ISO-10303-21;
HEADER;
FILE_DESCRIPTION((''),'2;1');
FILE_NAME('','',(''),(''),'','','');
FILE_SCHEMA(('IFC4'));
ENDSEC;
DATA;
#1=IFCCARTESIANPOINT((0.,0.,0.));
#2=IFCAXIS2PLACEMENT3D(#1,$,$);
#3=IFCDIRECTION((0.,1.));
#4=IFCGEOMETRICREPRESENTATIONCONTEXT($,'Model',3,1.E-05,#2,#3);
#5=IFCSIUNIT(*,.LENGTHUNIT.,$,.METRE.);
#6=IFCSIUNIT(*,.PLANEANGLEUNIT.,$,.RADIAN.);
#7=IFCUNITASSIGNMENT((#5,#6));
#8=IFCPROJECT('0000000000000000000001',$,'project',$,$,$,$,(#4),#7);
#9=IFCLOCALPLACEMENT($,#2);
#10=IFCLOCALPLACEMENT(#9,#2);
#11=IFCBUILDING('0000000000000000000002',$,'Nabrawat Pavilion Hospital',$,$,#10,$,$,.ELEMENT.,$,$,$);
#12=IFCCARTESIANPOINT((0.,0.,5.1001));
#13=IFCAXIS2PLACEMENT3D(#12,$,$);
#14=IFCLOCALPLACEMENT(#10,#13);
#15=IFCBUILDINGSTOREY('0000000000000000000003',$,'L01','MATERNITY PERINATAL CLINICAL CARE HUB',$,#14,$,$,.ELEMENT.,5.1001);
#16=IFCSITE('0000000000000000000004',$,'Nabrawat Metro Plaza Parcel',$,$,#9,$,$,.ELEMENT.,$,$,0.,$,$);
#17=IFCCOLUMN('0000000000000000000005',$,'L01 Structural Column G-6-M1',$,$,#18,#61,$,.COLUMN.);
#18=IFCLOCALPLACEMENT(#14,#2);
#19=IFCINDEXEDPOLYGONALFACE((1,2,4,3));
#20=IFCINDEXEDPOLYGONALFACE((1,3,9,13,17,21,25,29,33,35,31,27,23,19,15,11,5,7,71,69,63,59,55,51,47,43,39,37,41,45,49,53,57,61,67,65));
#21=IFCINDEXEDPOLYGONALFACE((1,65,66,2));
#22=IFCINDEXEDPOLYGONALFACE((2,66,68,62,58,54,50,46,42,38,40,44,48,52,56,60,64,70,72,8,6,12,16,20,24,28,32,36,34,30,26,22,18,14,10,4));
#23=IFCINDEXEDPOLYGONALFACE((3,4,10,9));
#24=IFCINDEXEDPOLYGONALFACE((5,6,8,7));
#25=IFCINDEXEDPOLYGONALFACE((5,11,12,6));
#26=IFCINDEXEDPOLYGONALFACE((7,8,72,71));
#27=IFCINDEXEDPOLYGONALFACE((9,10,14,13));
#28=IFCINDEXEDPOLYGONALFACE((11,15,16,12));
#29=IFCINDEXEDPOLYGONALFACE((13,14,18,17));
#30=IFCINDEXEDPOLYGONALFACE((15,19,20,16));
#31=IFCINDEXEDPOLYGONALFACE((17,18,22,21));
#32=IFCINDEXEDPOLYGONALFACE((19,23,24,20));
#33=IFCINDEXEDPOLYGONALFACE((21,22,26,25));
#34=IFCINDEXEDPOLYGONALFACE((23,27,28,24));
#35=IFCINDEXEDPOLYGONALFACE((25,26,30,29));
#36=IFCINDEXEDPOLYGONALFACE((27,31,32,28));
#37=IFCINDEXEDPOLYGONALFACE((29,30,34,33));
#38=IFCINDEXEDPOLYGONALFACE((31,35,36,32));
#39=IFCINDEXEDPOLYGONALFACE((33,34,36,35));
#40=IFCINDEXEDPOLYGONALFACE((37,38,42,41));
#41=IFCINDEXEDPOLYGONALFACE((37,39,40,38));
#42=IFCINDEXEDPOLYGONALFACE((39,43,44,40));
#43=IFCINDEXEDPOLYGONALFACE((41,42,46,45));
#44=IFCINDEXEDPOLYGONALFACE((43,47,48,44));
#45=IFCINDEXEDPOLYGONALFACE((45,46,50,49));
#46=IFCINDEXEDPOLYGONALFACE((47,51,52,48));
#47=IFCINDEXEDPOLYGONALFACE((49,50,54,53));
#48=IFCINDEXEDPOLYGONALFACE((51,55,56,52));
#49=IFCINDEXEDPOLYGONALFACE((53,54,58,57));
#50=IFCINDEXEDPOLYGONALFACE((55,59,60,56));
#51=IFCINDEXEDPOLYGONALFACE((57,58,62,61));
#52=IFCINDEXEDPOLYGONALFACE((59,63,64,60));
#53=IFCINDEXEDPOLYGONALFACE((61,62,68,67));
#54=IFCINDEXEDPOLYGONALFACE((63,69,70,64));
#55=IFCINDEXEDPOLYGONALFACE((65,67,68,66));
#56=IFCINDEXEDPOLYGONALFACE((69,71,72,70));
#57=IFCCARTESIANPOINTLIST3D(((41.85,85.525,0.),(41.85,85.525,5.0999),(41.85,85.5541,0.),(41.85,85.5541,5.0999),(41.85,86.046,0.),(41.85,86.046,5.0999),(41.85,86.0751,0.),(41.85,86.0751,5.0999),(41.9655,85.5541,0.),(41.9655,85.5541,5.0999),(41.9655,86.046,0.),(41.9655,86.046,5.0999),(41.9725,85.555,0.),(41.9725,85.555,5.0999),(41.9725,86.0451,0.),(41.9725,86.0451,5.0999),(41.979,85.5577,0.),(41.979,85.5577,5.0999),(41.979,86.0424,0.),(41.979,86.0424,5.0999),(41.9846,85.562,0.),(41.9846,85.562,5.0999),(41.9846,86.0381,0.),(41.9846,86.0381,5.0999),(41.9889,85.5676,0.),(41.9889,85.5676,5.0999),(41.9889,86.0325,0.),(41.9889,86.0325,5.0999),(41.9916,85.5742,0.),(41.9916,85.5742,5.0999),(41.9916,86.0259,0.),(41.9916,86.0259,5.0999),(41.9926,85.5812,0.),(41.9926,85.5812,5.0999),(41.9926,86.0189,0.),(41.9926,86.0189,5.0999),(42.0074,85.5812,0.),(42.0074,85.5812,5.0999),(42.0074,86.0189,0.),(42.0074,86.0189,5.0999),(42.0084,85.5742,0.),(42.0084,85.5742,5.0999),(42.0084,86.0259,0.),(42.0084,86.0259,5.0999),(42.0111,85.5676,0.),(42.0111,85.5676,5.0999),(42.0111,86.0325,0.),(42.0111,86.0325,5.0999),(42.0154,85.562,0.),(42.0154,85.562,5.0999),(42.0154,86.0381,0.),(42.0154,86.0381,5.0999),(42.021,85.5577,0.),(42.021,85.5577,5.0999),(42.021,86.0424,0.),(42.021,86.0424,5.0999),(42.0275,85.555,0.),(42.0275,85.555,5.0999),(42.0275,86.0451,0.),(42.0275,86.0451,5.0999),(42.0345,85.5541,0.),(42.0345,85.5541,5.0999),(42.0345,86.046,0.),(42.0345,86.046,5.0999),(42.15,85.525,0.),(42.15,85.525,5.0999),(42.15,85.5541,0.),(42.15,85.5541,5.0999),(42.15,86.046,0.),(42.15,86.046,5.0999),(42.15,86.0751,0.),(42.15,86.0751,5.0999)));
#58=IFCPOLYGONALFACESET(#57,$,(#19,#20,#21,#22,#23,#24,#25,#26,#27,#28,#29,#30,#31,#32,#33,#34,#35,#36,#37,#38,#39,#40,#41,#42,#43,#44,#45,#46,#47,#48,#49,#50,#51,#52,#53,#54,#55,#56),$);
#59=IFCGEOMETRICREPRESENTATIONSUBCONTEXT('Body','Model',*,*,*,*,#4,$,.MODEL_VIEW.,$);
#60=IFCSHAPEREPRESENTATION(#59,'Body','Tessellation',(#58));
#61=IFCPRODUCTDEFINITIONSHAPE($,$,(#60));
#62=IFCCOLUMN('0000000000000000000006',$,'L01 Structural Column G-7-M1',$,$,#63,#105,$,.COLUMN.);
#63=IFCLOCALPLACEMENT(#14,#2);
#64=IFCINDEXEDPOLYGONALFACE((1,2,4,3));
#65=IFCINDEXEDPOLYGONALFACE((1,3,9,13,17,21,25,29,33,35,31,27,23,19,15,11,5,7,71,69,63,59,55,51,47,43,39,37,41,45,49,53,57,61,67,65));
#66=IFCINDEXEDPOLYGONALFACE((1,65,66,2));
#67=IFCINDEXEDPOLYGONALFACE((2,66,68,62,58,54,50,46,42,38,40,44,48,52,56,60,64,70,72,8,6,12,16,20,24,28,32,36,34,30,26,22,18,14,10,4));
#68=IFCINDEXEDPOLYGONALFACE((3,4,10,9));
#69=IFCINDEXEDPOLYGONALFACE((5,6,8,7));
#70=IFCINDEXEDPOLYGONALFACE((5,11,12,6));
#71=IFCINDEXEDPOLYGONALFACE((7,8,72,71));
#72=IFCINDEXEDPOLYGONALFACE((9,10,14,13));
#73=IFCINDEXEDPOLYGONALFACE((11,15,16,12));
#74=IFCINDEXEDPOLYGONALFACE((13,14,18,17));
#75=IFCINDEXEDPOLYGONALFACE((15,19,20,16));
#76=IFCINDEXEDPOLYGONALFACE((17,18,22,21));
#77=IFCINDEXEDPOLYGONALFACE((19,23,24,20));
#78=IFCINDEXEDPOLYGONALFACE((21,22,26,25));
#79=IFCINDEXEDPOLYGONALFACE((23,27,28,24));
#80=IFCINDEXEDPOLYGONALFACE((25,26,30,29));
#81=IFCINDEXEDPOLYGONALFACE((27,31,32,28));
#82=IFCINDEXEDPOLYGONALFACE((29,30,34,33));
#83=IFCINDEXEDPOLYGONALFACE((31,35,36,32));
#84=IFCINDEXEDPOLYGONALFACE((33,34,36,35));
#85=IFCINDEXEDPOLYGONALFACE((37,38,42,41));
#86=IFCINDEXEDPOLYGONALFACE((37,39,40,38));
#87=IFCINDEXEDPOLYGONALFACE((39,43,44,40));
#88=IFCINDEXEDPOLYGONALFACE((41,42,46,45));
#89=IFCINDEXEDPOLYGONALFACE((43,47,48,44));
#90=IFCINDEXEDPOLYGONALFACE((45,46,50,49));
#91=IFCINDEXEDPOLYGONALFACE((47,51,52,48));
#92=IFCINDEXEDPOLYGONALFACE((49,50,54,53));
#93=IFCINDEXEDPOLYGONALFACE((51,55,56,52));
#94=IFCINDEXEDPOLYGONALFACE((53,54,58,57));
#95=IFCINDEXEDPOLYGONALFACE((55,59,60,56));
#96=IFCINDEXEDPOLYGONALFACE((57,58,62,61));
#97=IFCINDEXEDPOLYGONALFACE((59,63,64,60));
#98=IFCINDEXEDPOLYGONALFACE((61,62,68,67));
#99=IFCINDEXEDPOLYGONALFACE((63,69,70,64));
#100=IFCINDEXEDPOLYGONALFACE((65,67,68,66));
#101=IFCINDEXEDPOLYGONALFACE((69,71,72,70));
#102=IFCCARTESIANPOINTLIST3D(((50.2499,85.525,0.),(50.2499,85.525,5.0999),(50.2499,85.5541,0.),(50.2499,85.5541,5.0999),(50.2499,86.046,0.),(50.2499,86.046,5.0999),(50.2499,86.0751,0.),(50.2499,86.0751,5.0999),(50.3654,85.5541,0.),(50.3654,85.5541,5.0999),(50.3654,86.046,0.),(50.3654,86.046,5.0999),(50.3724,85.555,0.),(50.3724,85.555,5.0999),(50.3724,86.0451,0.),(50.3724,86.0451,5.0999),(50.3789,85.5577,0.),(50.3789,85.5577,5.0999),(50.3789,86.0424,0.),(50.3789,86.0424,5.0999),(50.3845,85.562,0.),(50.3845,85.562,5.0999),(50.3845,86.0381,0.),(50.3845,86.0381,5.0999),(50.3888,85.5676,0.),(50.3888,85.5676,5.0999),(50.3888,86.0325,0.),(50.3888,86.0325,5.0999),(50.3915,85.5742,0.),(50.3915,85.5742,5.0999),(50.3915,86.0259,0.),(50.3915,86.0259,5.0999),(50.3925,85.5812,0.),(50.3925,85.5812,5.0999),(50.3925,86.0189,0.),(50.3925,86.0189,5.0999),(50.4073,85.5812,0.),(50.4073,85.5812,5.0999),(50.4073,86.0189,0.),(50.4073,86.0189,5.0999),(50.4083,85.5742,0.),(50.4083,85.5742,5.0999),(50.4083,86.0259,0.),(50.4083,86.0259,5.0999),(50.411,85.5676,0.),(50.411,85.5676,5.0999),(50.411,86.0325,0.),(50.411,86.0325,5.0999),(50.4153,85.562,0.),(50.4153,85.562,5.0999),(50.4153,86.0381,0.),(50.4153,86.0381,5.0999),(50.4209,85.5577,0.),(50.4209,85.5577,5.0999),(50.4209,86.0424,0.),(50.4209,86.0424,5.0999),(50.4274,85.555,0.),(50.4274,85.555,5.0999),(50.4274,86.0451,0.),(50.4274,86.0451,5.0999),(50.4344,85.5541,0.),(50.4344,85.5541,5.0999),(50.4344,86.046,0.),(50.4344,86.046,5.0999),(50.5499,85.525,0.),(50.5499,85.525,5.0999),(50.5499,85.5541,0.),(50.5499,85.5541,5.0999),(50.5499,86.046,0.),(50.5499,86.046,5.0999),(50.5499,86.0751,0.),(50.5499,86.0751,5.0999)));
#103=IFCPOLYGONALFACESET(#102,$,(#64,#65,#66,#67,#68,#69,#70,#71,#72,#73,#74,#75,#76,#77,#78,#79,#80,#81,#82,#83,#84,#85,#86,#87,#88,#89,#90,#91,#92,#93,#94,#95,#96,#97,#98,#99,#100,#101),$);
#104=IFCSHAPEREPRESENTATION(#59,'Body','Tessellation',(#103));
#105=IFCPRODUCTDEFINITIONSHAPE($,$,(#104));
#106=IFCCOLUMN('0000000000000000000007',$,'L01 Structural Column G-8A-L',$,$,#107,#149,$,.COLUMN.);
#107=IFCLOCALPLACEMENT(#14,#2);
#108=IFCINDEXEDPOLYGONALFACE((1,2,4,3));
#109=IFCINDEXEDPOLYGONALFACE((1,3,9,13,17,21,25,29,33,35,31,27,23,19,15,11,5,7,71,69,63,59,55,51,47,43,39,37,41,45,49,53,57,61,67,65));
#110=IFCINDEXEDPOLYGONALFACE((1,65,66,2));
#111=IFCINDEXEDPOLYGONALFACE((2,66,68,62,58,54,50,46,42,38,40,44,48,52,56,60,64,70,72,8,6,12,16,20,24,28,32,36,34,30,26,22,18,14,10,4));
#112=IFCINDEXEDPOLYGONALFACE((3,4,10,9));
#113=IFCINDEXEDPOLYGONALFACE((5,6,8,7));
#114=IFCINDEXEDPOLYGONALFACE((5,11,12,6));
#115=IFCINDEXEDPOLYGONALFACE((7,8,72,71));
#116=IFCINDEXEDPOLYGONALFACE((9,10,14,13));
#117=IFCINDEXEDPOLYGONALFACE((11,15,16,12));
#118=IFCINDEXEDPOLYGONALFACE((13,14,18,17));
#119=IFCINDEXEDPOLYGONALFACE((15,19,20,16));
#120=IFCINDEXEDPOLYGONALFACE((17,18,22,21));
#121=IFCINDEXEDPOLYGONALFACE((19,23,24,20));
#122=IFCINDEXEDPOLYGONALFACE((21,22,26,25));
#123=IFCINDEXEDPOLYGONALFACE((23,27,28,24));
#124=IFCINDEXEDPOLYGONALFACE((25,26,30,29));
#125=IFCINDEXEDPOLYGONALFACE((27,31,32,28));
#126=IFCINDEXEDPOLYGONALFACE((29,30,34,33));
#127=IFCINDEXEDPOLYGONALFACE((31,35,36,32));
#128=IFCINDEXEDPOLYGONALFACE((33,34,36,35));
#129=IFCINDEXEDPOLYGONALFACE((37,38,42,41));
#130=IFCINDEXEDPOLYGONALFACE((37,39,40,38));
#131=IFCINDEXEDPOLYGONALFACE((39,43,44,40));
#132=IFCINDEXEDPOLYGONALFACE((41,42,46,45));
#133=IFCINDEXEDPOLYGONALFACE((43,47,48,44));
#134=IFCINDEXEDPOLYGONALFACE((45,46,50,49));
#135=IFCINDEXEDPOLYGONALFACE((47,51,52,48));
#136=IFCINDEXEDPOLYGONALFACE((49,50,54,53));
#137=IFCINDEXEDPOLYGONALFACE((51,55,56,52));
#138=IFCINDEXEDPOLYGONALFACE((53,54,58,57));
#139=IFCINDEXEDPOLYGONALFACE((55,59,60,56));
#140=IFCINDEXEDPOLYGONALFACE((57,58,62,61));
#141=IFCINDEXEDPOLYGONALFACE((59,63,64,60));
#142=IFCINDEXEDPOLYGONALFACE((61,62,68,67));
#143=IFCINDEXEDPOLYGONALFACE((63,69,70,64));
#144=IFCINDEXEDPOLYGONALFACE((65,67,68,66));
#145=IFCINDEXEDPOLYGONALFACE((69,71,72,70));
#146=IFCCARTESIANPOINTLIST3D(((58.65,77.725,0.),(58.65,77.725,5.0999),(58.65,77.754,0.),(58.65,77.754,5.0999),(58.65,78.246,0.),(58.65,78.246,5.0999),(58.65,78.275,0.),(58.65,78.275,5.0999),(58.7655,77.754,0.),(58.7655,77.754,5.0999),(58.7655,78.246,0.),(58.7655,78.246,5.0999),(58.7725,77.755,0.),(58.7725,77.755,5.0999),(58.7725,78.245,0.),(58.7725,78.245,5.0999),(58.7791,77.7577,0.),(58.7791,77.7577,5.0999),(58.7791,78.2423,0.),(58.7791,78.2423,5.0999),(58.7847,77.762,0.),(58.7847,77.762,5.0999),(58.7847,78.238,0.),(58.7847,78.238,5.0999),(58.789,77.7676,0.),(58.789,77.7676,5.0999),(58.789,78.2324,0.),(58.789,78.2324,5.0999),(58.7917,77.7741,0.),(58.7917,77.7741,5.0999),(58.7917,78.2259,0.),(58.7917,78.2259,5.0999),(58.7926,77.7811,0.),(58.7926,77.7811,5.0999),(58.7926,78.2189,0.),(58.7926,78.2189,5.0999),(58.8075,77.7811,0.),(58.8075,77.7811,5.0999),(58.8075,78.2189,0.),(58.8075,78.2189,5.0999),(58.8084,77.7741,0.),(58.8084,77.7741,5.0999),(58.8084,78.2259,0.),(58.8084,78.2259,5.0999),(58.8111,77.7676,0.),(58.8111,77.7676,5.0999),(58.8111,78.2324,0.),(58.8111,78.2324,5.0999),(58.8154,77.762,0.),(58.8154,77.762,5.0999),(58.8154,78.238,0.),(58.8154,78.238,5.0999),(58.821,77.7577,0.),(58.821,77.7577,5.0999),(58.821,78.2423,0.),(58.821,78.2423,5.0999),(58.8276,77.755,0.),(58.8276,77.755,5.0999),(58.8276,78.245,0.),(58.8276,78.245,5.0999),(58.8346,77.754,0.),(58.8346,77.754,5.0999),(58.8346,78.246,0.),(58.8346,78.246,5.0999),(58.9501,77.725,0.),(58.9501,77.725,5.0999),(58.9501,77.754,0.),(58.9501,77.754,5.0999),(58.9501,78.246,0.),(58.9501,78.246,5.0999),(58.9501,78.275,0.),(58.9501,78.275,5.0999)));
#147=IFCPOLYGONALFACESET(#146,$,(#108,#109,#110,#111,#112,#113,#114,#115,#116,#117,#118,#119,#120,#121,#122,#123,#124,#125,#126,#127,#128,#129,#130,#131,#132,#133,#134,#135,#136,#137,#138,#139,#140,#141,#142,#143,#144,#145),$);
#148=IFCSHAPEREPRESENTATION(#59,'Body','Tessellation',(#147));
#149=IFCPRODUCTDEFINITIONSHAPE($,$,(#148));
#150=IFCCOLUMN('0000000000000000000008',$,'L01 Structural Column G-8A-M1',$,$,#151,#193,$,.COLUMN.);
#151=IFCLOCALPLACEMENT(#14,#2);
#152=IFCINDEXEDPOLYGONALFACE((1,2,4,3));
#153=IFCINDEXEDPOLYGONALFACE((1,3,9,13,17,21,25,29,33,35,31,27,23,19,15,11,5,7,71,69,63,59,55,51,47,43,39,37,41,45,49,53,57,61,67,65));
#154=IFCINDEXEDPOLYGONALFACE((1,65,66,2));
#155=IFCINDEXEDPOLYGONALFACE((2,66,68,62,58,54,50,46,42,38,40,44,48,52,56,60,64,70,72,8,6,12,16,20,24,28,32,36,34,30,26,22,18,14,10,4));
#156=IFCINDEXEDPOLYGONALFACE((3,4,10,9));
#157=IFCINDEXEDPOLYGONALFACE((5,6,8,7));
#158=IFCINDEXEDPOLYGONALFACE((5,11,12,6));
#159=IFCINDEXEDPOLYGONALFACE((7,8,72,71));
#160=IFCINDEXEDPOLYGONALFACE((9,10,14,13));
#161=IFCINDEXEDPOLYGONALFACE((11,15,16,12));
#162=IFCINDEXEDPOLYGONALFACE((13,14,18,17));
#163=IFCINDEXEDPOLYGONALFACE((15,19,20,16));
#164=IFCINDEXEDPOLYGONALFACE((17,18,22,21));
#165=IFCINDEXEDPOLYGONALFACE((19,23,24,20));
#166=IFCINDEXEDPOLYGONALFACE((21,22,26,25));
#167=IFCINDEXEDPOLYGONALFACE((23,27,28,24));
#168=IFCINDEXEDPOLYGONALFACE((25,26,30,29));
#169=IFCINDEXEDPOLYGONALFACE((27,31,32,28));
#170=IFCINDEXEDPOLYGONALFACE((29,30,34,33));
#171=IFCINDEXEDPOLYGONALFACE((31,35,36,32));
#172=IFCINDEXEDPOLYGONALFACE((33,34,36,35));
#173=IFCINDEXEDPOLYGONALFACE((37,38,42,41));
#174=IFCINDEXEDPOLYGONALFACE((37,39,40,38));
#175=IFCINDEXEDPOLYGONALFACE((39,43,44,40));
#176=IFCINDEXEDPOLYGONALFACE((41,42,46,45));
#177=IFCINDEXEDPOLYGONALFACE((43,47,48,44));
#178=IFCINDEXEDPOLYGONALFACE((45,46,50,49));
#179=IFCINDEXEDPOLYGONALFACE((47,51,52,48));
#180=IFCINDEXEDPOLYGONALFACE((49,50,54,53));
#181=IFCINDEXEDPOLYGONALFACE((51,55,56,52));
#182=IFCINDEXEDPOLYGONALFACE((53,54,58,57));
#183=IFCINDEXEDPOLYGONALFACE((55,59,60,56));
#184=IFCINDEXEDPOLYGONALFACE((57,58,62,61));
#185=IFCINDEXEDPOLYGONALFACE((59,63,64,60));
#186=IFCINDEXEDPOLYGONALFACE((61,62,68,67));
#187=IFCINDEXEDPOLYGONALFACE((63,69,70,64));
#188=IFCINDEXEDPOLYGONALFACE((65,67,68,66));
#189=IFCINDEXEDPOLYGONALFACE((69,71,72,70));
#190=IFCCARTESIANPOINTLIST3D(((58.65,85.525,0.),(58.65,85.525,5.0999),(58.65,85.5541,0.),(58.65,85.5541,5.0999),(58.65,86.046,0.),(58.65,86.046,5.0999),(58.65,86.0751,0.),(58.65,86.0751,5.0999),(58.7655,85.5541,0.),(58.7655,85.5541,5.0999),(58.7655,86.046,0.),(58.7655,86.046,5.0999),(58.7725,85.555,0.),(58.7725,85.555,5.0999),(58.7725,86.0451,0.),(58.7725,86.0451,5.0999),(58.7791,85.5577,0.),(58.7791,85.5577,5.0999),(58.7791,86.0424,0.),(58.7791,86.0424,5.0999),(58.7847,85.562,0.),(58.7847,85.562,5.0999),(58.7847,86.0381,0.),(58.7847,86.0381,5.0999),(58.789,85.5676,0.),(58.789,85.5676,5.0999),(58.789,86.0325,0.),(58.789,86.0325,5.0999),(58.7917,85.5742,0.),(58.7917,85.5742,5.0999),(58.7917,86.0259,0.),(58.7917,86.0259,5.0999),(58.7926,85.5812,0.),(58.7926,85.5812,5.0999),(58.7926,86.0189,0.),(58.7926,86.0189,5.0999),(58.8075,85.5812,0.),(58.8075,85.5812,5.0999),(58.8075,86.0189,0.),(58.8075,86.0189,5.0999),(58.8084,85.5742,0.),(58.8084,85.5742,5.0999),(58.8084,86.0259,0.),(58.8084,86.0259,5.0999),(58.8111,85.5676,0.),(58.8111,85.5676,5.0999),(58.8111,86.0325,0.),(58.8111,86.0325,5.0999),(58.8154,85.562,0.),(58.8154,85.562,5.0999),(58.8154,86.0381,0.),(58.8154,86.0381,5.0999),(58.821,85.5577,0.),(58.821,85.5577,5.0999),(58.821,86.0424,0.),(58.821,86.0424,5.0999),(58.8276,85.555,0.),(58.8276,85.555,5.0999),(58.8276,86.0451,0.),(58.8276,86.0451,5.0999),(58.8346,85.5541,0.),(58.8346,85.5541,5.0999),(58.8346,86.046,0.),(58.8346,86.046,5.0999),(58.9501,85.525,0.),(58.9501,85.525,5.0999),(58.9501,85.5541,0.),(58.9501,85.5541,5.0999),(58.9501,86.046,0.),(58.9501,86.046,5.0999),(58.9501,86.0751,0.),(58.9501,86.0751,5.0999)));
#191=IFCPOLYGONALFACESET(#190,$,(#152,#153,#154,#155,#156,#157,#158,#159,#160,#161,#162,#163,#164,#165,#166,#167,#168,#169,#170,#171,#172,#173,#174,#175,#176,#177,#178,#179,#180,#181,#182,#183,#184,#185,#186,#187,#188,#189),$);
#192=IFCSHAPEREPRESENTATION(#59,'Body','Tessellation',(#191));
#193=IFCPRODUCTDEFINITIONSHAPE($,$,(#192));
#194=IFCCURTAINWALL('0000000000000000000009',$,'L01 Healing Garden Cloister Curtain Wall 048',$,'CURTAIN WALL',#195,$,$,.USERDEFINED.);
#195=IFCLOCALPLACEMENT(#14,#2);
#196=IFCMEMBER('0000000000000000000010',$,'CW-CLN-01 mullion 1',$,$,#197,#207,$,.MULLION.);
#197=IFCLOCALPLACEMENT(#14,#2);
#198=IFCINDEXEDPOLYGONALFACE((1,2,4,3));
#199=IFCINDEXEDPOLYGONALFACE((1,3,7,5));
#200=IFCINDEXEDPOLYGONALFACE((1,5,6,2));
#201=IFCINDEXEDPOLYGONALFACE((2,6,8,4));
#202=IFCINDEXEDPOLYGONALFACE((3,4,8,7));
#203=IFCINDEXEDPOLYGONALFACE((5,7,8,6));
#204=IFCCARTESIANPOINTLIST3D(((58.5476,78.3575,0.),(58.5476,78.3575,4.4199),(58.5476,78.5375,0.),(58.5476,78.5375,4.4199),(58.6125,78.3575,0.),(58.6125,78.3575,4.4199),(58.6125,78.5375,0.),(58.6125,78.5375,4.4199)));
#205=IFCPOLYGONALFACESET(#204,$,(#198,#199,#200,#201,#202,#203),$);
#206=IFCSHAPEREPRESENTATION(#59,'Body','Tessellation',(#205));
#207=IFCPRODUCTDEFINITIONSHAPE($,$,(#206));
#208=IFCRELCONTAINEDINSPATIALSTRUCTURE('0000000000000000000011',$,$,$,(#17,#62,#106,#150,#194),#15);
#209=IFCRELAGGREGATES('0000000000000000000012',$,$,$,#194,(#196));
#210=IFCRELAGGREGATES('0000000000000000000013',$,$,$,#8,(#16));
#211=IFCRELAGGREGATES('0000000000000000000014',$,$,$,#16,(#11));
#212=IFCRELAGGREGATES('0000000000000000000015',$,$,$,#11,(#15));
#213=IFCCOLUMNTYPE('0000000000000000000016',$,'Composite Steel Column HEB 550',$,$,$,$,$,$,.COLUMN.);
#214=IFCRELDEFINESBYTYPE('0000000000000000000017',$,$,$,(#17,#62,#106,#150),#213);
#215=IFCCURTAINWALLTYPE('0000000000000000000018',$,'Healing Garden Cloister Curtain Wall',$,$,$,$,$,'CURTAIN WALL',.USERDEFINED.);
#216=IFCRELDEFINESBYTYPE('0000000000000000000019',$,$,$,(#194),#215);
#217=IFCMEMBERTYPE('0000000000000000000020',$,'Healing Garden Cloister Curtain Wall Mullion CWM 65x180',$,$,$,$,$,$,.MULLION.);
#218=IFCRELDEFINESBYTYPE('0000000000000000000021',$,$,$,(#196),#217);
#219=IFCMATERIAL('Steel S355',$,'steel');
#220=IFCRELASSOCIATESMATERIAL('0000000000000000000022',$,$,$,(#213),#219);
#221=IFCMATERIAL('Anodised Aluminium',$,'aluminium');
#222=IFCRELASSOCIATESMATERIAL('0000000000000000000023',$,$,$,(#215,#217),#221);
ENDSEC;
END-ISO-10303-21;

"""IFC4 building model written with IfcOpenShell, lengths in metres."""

from ifc_helpers import new_model, si_unit, direction, frame, origin, origin_2d, place, context, subcontext, project, spatial, rectangle, i_section, extrude, material, material_profile, profile_set, type_object, element, aggregate, save


model = new_model("IFC4")

# Units and contexts
model_context = context("Model", 3, precision=1e-05, world=origin(), true_north=direction((0.0, 1.0)))
body_context = subcontext(model_context, "Body", "Model", "MODEL_VIEW")
ifc_project = project(units=[si_unit("LENGTHUNIT", "METRE"), si_unit("PLANEANGLEUNIT", "RADIAN")], contexts=[model_context])

# Site, building, storey
site_placement = place(None, origin())
site = spatial("IfcSite", under=ifc_project, at=site_placement, Name="Nabrawat Metro Plaza Parcel", CompositionType="ELEMENT", RefElevation=0.0)
building_placement = place(site_placement, origin())
building = spatial("IfcBuilding", under=site, at=building_placement, Name="Nabrawat Pavilion Hospital", CompositionType="ELEMENT")
storey_placement = place(building_placement, frame((0.0, 0.0, 5.1001)))
storey = spatial("IfcBuildingStorey", under=building, at=storey_placement, Name="L01", Description="MATERNITY PERINATAL CLINICAL CARE HUB", CompositionType="ELEMENT", Elevation=5.1001)

# Columns
ifc_material_1 = material(Name="Steel S355", Category="steel")
ifc_material_profile_1 = material_profile(ifc_material_1, i_section(OverallWidth=0.3, OverallDepth=0.55, WebThickness=0.0149, FlangeThickness=0.0291, FilletRadius=0.0271, at=origin_2d()), Name="HEB 550")
ifc_profile_set_1 = profile_set([ifc_material_profile_1], Name="Steel S355")
column_type = type_object("IfcColumnType", Name="Composite Steel Column HEB 550", PredefinedType="COLUMN", material=ifc_profile_set_1)
for number, where, z_axis, x_axis, name in (
    (1, (42.0, 85.8, 0.0), (0.0, 0.0, 1.0), (1.0, 0.0, 0.0), "L01 Structural Column G-6-M1"),
    (2, (50.3999, 85.8, 0.0), (0.0, 0.0, 1.0), (1.0, 0.0, 0.0), "L01 Structural Column G-7-M1"),
    (3, (58.8, 78.0, 0.0), (0.0, 0.0, 1.0), (1.0, 0.0, 0.0), "L01 Structural Column G-8A-L"),
    (4, (58.8, 85.8, 0.0), (0.0, 0.0, 1.0), (1.0, 0.0, 0.0), "L01 Structural Column G-8A-M1"),
):
    element("IfcColumn", number, at=place(storey_placement, frame(where, z_axis=z_axis, x_axis=x_axis)), inside=storey, type_object=column_type, Name=name, PredefinedType="COLUMN", context=body_context, shape_type="SweptSolid", body=[
        extrude(i_section(OverallWidth=0.3, OverallDepth=0.55, WebThickness=0.0149, FlangeThickness=0.0291, FilletRadius=0.0271, at=origin_2d()), origin(), (0.0, 0.0, 1.0), 5.0999),
    ])

# Curtain wall, member
ifc_material_2 = material(Name="Anodised Aluminium", Category="aluminium")
curtain_wall_type = type_object("IfcCurtainWallType", Name="Healing Garden Cloister Curtain Wall", ElementType="CURTAIN WALL", PredefinedType="USERDEFINED", material=ifc_material_2)
curtain_wall_placement = place(storey_placement, origin())
curtain_wall = element("IfcCurtainWall", 5, at=curtain_wall_placement, inside=storey, type_object=curtain_wall_type, Name="L01 Healing Garden Cloister Curtain Wall 048", ObjectType="CURTAIN WALL", PredefinedType="USERDEFINED")
ifc_material_profile_2 = material_profile(ifc_material_2, rectangle(XDim=0.0649, YDim=0.1799, at=origin_2d()), Name="CWM 65x180")
ifc_profile_set_2 = profile_set([ifc_material_profile_2], Name="Anodised Aluminium")
member_type_1 = type_object("IfcMemberType", Name="Healing Garden Cloister Curtain Wall Mullion CWM 65x180", PredefinedType="MULLION", material=ifc_profile_set_2)
member_1_placement = place(storey_placement, frame((58.5801, 78.4475, 0.0), z_axis=(0.0, 0.0, 1.0), x_axis=(-1.0, 0.0, 0.0)))
member_1 = element("IfcMember", 6, at=member_1_placement, type_object=member_type_1, Name="CW-CLN-01 mullion 1", PredefinedType="MULLION", context=body_context, shape_type="SweptSolid", body=[
    extrude(rectangle(XDim=0.0649, YDim=0.1799, at=origin_2d()), origin(), (0.0, 0.0, 1.0), 4.4199),
])

aggregate(curtain_wall, [member_1])

save(model, "model.ifc")
